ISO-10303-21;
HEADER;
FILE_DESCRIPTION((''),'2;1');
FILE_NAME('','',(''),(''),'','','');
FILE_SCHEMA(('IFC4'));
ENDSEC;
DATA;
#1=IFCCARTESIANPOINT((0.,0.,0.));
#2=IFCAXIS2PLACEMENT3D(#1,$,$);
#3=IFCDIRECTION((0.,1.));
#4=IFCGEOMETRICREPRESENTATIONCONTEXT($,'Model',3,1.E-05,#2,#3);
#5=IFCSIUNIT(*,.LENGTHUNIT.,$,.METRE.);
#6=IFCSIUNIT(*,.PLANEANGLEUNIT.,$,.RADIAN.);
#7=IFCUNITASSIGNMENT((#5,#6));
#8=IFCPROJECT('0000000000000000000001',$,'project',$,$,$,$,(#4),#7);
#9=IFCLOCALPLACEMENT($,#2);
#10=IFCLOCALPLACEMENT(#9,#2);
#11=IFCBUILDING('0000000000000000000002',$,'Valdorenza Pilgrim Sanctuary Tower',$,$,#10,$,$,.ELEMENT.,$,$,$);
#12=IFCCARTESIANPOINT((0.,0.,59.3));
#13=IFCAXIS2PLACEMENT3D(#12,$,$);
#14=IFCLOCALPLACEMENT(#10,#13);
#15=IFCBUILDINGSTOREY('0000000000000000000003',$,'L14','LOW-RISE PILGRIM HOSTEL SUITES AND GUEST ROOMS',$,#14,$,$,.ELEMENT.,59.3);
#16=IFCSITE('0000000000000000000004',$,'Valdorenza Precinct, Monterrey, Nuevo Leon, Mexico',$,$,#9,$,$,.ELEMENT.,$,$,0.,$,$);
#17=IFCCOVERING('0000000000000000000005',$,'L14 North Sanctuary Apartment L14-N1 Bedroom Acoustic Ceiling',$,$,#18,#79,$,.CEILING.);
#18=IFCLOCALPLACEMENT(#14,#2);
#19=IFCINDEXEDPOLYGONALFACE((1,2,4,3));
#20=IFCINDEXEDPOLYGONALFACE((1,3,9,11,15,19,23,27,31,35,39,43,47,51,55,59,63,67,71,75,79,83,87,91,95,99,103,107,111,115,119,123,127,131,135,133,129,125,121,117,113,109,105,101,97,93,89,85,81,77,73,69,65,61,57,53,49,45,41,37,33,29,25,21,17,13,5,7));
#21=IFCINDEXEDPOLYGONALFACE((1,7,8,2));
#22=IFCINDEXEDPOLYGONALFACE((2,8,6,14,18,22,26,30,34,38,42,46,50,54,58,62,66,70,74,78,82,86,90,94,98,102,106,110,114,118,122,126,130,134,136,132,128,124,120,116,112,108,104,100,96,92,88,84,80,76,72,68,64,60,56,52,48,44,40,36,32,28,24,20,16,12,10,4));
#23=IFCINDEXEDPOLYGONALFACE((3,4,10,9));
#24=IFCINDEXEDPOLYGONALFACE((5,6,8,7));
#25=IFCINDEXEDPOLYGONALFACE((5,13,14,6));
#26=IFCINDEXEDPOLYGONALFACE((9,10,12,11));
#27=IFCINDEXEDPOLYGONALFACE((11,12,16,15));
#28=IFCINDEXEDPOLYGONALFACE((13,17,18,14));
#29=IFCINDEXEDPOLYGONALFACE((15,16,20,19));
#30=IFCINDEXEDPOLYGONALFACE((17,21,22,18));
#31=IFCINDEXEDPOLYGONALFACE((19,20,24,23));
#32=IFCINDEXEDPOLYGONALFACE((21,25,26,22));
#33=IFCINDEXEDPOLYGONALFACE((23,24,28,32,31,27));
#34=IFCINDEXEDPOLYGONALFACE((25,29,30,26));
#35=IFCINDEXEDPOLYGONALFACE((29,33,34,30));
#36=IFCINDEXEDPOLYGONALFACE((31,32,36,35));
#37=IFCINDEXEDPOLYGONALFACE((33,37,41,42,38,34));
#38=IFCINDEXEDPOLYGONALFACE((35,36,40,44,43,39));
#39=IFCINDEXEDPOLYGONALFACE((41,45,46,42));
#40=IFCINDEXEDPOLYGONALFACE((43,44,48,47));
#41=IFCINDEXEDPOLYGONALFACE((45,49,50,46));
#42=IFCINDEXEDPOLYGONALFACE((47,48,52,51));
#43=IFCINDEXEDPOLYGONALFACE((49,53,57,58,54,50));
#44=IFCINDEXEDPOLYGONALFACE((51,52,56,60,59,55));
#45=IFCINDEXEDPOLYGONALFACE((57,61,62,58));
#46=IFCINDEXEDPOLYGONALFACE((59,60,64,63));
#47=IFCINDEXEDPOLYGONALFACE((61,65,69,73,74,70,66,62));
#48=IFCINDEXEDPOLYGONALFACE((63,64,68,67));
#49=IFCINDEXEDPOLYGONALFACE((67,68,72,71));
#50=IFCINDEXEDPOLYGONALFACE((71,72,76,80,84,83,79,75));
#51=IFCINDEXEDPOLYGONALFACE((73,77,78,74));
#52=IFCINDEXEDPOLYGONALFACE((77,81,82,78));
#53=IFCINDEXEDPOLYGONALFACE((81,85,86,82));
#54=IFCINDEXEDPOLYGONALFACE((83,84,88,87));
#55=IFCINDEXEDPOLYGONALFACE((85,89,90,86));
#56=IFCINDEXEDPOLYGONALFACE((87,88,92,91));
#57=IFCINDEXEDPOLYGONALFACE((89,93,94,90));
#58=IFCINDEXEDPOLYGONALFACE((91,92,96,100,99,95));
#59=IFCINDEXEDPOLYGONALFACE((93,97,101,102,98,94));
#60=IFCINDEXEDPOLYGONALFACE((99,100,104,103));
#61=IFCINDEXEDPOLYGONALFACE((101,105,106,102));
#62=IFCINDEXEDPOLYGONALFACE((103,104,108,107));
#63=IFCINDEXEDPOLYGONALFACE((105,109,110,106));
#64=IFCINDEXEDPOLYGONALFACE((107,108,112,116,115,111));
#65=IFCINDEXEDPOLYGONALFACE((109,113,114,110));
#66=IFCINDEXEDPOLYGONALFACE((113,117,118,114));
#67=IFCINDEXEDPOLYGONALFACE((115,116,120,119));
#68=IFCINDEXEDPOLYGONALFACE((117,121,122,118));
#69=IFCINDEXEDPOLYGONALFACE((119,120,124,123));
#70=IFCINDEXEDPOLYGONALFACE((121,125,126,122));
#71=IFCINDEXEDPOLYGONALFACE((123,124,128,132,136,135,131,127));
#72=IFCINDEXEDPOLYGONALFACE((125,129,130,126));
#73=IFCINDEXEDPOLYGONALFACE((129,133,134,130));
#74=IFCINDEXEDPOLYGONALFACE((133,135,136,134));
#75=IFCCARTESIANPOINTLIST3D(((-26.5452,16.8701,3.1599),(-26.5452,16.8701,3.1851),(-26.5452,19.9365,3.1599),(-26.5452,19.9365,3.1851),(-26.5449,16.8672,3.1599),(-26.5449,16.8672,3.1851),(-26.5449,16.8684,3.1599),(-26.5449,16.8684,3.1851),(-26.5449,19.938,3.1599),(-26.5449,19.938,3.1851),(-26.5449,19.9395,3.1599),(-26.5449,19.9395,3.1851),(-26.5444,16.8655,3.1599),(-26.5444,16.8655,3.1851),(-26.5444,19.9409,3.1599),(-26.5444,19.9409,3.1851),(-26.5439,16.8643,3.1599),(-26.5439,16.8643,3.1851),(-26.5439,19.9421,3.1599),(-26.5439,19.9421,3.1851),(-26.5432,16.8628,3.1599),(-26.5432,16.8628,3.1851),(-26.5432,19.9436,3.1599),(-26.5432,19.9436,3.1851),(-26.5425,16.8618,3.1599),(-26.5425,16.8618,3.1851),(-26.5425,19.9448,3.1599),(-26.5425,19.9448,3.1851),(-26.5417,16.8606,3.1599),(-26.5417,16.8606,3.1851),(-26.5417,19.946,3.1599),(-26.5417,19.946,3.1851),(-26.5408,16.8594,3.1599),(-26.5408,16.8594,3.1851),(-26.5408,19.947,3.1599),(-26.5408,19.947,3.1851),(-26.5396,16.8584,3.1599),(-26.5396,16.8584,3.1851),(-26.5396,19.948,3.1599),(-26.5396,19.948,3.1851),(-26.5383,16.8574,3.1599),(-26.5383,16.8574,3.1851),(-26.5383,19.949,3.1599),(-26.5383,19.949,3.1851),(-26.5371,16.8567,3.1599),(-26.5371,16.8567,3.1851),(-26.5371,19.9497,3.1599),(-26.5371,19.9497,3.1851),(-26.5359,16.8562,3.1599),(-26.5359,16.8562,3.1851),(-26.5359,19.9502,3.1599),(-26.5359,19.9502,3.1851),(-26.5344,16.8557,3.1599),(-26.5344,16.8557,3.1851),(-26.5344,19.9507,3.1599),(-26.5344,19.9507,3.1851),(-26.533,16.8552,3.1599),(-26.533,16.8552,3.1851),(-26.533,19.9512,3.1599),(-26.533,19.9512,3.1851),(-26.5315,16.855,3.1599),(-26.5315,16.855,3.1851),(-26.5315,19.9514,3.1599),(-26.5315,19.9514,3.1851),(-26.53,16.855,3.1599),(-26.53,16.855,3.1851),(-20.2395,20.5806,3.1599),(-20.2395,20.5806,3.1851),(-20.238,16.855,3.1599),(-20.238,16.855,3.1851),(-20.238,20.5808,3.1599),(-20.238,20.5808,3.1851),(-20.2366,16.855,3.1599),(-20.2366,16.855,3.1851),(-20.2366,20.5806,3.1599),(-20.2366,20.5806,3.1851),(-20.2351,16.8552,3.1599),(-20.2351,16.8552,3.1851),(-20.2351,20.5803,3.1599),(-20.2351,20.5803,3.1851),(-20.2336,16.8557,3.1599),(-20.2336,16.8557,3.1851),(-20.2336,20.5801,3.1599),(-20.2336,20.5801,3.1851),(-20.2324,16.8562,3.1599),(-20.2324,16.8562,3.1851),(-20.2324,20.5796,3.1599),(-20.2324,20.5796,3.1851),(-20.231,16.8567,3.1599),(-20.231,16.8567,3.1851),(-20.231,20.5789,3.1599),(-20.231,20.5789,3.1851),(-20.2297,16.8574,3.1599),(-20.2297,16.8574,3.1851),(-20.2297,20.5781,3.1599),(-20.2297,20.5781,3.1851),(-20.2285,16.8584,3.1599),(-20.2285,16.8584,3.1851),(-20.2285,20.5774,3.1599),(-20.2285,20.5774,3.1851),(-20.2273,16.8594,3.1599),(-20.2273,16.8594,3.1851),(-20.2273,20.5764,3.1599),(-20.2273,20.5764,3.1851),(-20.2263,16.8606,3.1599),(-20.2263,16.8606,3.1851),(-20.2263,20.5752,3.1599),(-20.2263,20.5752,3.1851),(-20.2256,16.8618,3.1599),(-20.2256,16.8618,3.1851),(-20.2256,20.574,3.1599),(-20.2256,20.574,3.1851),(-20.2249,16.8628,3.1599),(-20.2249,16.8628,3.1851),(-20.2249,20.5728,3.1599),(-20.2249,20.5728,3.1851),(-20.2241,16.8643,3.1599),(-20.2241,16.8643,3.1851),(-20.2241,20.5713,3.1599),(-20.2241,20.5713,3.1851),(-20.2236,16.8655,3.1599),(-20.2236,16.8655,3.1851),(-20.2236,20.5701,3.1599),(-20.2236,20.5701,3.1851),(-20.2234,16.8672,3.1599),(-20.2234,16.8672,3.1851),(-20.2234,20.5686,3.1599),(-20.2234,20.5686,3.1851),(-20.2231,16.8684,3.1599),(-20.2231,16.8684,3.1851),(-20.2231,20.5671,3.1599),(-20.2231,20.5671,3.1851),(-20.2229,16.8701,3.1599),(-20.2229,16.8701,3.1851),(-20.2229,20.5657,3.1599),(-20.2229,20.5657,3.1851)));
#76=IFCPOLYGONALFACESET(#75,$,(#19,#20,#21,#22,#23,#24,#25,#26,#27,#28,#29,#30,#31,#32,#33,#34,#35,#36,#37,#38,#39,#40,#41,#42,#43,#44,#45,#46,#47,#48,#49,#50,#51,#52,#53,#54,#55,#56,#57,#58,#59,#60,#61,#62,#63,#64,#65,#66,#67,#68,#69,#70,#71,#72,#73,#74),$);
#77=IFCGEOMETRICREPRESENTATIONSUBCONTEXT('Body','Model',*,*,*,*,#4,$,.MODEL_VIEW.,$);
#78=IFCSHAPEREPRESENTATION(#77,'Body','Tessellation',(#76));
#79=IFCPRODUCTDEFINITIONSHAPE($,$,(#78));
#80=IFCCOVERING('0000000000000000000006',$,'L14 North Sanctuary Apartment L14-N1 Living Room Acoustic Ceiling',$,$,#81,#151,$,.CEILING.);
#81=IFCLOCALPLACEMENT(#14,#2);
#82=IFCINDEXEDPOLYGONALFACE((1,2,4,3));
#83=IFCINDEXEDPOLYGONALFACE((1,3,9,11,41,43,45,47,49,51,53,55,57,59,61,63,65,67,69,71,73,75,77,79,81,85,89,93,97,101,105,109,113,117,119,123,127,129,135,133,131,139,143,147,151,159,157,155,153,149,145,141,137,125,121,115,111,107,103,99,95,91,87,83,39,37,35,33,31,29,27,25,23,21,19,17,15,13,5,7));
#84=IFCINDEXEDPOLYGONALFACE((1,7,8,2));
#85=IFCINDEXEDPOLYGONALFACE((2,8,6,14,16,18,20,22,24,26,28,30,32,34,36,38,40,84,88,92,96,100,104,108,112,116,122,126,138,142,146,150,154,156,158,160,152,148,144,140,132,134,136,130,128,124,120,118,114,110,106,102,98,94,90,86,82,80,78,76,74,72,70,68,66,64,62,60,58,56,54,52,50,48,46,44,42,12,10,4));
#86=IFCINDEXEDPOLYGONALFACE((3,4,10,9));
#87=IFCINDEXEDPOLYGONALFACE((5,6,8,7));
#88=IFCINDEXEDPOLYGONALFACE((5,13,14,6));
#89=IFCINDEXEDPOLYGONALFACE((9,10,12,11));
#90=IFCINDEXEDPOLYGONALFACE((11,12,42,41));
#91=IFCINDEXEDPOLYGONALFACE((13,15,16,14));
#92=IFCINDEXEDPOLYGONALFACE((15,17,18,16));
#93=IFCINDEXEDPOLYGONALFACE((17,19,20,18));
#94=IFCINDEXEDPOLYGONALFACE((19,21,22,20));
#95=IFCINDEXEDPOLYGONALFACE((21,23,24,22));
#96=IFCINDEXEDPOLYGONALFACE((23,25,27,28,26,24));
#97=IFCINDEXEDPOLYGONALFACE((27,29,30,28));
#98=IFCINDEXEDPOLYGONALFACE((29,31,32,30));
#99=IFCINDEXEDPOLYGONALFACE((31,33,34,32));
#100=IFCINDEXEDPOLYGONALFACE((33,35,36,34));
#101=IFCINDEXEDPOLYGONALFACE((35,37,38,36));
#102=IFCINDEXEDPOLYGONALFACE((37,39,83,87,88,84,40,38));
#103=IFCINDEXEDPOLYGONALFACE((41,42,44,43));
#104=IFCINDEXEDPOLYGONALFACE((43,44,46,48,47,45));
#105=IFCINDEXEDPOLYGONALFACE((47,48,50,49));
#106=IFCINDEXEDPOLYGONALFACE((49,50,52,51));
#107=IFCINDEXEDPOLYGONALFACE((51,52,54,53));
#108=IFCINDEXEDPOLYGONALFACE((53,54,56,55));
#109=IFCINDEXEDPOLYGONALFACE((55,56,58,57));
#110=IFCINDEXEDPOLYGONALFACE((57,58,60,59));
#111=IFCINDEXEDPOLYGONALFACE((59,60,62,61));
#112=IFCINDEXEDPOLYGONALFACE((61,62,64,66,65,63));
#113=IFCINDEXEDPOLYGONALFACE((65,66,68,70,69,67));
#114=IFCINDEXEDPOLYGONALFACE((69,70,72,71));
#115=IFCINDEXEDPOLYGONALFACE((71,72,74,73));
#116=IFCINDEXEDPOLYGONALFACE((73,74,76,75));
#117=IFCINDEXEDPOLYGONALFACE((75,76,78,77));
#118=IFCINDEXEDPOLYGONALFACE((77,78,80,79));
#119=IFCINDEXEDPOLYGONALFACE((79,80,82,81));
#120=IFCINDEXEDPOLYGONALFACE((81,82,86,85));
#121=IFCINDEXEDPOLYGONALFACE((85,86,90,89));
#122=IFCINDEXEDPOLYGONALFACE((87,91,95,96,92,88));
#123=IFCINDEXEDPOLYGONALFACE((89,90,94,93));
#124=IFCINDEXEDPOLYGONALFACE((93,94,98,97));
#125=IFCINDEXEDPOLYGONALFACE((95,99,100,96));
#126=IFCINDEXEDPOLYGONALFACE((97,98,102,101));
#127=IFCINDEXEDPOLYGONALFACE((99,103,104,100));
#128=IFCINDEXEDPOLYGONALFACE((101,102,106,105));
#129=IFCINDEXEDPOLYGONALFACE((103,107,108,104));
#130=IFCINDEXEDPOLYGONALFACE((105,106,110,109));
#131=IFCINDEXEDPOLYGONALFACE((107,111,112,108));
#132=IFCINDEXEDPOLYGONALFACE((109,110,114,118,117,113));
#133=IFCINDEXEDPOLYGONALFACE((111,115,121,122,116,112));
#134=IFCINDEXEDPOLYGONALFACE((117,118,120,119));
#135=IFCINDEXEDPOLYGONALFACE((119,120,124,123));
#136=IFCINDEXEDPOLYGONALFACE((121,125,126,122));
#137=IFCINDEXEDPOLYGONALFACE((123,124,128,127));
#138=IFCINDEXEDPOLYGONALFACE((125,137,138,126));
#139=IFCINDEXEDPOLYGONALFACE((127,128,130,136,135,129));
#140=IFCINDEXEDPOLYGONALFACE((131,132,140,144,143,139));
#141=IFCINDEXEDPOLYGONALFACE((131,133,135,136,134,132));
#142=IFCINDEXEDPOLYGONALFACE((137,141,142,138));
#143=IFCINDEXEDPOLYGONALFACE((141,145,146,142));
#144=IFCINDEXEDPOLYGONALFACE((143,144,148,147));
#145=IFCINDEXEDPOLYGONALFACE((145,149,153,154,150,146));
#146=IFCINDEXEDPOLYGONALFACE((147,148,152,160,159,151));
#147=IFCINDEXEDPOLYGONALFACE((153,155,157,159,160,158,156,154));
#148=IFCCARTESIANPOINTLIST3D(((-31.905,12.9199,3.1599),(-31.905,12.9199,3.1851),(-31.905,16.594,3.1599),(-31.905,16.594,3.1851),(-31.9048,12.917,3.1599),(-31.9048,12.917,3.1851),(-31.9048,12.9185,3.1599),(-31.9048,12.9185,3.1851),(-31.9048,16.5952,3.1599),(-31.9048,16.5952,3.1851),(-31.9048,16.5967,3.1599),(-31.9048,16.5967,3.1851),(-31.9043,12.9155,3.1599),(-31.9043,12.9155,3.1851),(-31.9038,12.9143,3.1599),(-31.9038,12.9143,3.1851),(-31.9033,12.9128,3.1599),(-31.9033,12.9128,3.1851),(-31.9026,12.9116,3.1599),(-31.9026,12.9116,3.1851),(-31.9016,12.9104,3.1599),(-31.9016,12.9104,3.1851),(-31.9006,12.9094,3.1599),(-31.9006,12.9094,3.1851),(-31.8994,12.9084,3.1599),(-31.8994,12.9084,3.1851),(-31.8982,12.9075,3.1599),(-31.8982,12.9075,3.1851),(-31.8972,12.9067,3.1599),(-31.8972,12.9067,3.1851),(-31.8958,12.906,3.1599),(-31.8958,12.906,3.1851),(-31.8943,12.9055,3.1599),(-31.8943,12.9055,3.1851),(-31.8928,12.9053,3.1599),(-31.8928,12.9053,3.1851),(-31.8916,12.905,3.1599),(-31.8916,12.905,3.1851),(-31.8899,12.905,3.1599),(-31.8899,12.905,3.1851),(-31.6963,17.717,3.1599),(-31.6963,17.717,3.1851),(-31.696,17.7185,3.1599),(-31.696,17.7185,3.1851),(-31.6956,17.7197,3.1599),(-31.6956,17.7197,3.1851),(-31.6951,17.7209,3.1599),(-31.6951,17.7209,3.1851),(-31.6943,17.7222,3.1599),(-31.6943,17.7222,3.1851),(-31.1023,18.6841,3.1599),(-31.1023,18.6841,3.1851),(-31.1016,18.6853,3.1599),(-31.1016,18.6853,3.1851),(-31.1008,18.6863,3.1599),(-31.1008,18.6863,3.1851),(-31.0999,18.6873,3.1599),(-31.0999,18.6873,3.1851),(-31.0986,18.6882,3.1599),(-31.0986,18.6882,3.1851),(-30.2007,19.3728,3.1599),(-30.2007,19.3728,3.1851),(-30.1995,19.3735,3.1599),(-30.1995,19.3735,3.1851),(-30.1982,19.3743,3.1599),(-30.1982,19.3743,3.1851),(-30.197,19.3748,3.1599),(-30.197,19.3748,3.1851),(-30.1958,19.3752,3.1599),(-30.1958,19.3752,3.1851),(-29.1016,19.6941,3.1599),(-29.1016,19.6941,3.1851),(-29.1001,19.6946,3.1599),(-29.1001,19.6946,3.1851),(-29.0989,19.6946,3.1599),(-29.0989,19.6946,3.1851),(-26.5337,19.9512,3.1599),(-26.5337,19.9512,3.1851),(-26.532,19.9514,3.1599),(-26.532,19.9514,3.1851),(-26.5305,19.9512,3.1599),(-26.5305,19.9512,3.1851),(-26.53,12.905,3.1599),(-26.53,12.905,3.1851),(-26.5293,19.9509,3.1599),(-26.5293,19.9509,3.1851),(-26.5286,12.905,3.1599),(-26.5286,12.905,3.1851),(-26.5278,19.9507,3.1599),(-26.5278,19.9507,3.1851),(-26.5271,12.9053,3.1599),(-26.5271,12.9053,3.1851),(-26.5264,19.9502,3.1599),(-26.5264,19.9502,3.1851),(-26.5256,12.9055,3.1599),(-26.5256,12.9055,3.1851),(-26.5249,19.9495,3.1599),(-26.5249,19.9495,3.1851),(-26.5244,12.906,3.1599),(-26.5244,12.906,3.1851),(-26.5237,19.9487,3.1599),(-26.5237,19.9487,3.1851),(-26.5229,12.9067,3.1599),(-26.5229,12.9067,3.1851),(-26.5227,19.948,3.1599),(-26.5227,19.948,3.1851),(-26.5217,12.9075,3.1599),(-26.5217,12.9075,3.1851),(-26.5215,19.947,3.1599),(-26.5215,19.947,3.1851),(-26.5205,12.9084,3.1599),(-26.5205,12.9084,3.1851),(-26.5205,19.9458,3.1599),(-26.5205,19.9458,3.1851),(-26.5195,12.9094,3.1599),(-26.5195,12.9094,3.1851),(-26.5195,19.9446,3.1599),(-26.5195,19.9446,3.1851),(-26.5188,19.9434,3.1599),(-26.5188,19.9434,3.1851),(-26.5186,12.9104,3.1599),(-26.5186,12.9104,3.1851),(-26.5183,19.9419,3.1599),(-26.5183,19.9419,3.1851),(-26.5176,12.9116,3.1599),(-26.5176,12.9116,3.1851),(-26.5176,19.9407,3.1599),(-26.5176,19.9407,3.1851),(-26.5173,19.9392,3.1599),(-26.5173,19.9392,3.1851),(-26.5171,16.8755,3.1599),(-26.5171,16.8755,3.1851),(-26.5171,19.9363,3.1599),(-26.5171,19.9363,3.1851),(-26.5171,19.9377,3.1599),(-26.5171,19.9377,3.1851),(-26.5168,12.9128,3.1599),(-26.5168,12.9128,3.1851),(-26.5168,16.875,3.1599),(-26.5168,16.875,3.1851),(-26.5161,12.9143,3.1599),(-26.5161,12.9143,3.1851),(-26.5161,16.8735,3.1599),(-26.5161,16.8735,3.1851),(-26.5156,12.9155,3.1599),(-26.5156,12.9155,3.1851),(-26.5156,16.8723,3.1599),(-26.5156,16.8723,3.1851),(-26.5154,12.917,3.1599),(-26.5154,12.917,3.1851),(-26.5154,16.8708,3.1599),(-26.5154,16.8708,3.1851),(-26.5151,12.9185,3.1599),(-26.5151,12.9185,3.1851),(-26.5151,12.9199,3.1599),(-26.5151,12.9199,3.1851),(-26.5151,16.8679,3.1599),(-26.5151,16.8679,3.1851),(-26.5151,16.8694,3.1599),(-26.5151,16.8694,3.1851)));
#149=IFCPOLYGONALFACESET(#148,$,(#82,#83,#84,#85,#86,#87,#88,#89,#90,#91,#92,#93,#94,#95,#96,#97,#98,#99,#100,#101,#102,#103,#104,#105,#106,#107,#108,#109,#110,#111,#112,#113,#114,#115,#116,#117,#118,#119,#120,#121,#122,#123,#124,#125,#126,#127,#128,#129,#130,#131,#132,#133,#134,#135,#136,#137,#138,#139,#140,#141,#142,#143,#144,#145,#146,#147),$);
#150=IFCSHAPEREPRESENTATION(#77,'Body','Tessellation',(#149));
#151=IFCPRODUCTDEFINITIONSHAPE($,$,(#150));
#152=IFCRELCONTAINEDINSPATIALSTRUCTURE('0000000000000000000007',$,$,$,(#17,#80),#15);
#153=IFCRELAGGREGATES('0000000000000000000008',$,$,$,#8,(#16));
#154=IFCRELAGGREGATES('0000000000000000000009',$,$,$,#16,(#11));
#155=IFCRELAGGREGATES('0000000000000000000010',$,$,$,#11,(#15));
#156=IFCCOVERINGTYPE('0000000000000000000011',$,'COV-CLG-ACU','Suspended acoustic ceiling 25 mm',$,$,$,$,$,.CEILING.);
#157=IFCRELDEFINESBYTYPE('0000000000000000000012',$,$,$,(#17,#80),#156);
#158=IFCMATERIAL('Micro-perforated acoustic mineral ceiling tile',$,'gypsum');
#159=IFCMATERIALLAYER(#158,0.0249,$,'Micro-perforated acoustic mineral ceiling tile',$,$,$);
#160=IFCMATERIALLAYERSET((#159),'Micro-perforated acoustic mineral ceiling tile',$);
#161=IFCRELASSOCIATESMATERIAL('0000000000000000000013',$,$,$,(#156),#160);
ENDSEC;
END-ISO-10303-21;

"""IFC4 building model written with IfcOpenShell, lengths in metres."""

from ifc_helpers import new_model, si_unit, direction, frame, origin, place, context, subcontext, project, spatial, polyline, outline, extrude, material, layer, layer_set, type_object, element, save


model = new_model("IFC4")

# Units and contexts
model_context = context("Model", 3, precision=1e-05, world=origin(), true_north=direction((0.0, 1.0)))
body_context = subcontext(model_context, "Body", "Model", "MODEL_VIEW")
ifc_project = project(units=[si_unit("LENGTHUNIT", "METRE"), si_unit("PLANEANGLEUNIT", "RADIAN")], contexts=[model_context])

# Site, building, storey
site_placement = place(None, origin())
site = spatial("IfcSite", under=ifc_project, at=site_placement, Name="Valdorenza Precinct, Monterrey, Nuevo Leon, Mexico", CompositionType="ELEMENT", RefElevation=0.0)
building_placement = place(site_placement, origin())
building = spatial("IfcBuilding", under=site, at=building_placement, Name="Valdorenza Pilgrim Sanctuary Tower", CompositionType="ELEMENT")
storey_placement = place(building_placement, frame((0.0, 0.0, 59.3)))
storey = spatial("IfcBuildingStorey", under=building, at=storey_placement, Name="L14", Description="LOW-RISE PILGRIM HOSTEL SUITES AND GUEST ROOMS", CompositionType="ELEMENT", Elevation=59.3)

# Coverings
ifc_material_1 = material(Name="Micro-perforated acoustic mineral ceiling tile", Category="gypsum")
ifc_layer_1 = layer(ifc_material_1, 0.0249, Name="Micro-perforated acoustic mineral ceiling tile")
ifc_layer_set_1 = layer_set([ifc_layer_1], Name="Micro-perforated acoustic mineral ceiling tile")
covering_type_1 = type_object("IfcCoveringType", Name="COV-CLG-ACU", Description="Suspended acoustic ceiling 25 mm", PredefinedType="CEILING", material=ifc_layer_set_1)
covering_1_placement = place(storey_placement, frame((0.0, 0.0, 3.1599)))
element("IfcCovering", 1, at=covering_1_placement, inside=storey, type_object=covering_type_1, Name="L14 North Sanctuary Apartment L14-N1 Bedroom Acoustic Ceiling", PredefinedType="CEILING", context=body_context, shape_type="SweptSolid", body=[
    extrude(outline(polyline([(-26.53, 16.855), (-26.5315, 16.855), (-26.533, 16.8552), (-26.5344, 16.8557), (-26.5359, 16.8562), (-26.5371, 16.8567), (-26.5383, 16.8574), (-26.5396, 16.8584), (-26.5408, 16.8594), (-26.5417, 16.8606), (-26.5425, 16.8618), (-26.5432, 16.8628), (-26.5439, 16.8643), (-26.5444, 16.8655), (-26.5449, 16.8672), (-26.5449, 16.8684), (-26.5452, 16.8701), (-26.5452, 19.9365), (-26.5449, 19.938), (-26.5449, 19.9395), (-26.5444, 19.9409), (-26.5439, 19.9421), (-26.5432, 19.9436), (-26.5425, 19.9448), (-26.5417, 19.946), (-26.5408, 19.947), (-26.5396, 19.948), (-26.5383, 19.949), (-26.5371, 19.9497), (-26.5359, 19.9502), (-26.5344, 19.9507), (-26.533, 19.9512), (-26.5315, 19.9514), (-20.2395, 20.5806), (-20.238, 20.5808), (-20.2366, 20.5806), (-20.2351, 20.5803), (-20.2336, 20.5801), (-20.2324, 20.5796), (-20.231, 20.5789), (-20.2297, 20.5781), (-20.2285, 20.5774), (-20.2273, 20.5764), (-20.2263, 20.5752), (-20.2256, 20.574), (-20.2249, 20.5728), (-20.2241, 20.5713), (-20.2236, 20.5701), (-20.2234, 20.5686), (-20.2231, 20.5671), (-20.2229, 20.5657), (-20.2229, 16.8701), (-20.2231, 16.8684), (-20.2234, 16.8672), (-20.2236, 16.8655), (-20.2241, 16.8643), (-20.2249, 16.8628), (-20.2256, 16.8618), (-20.2263, 16.8606), (-20.2273, 16.8594), (-20.2285, 16.8584), (-20.2297, 16.8574), (-20.231, 16.8567), (-20.2324, 16.8562), (-20.2336, 16.8557), (-20.2351, 16.8552), (-20.2366, 16.855), (-20.238, 16.855), (-26.53, 16.855)])), origin(), (0.0, 0.0, 1.0), 0.0251),
])
covering_2_placement = place(storey_placement, frame((0.0, 0.0, 3.1599)))
element("IfcCovering", 2, at=covering_2_placement, inside=storey, type_object=covering_type_1, Name="L14 North Sanctuary Apartment L14-N1 Living Room Acoustic Ceiling", PredefinedType="CEILING", context=body_context, shape_type="SweptSolid", body=[
    extrude(outline(polyline([(-31.8899, 12.905), (-31.8916, 12.905), (-31.8928, 12.9053), (-31.8943, 12.9055), (-31.8958, 12.906), (-31.8972, 12.9067), (-31.8982, 12.9075), (-31.8994, 12.9084), (-31.9006, 12.9094), (-31.9016, 12.9104), (-31.9026, 12.9116), (-31.9033, 12.9128), (-31.9038, 12.9143), (-31.9043, 12.9155), (-31.9048, 12.917), (-31.9048, 12.9185), (-31.905, 12.9199), (-31.905, 16.594), (-31.9048, 16.5952), (-31.9048, 16.5967), (-31.6963, 17.717), (-31.696, 17.7185), (-31.6956, 17.7197), (-31.6951, 17.7209), (-31.6943, 17.7222), (-31.1023, 18.6841), (-31.1016, 18.6853), (-31.1008, 18.6863), (-31.0999, 18.6873), (-31.0986, 18.6882), (-30.2007, 19.3728), (-30.1995, 19.3735), (-30.1982, 19.3743), (-30.197, 19.3748), (-30.1958, 19.3752), (-29.1016, 19.6941), (-29.1001, 19.6946), (-29.0989, 19.6946), (-26.5337, 19.9512), (-26.532, 19.9514), (-26.5305, 19.9512), (-26.5293, 19.9509), (-26.5278, 19.9507), (-26.5264, 19.9502), (-26.5249, 19.9495), (-26.5237, 19.9487), (-26.5227, 19.948), (-26.5215, 19.947), (-26.5205, 19.9458), (-26.5195, 19.9446), (-26.5188, 19.9434), (-26.5183, 19.9419), (-26.5176, 19.9407), (-26.5173, 19.9392), (-26.5171, 19.9377), (-26.5171, 19.9363), (-26.5171, 16.8755), (-26.5168, 16.875), (-26.5161, 16.8735), (-26.5156, 16.8723), (-26.5154, 16.8708), (-26.5151, 16.8694), (-26.5151, 16.8679), (-26.5151, 12.9199), (-26.5151, 12.9185), (-26.5154, 12.917), (-26.5156, 12.9155), (-26.5161, 12.9143), (-26.5168, 12.9128), (-26.5176, 12.9116), (-26.5186, 12.9104), (-26.5195, 12.9094), (-26.5205, 12.9084), (-26.5217, 12.9075), (-26.5229, 12.9067), (-26.5244, 12.906), (-26.5256, 12.9055), (-26.5271, 12.9053), (-26.5286, 12.905), (-26.53, 12.905), (-31.8899, 12.905)])), origin(), (0.0, 0.0, 1.0), 0.0251),
])

save(model, "model.ifc")
